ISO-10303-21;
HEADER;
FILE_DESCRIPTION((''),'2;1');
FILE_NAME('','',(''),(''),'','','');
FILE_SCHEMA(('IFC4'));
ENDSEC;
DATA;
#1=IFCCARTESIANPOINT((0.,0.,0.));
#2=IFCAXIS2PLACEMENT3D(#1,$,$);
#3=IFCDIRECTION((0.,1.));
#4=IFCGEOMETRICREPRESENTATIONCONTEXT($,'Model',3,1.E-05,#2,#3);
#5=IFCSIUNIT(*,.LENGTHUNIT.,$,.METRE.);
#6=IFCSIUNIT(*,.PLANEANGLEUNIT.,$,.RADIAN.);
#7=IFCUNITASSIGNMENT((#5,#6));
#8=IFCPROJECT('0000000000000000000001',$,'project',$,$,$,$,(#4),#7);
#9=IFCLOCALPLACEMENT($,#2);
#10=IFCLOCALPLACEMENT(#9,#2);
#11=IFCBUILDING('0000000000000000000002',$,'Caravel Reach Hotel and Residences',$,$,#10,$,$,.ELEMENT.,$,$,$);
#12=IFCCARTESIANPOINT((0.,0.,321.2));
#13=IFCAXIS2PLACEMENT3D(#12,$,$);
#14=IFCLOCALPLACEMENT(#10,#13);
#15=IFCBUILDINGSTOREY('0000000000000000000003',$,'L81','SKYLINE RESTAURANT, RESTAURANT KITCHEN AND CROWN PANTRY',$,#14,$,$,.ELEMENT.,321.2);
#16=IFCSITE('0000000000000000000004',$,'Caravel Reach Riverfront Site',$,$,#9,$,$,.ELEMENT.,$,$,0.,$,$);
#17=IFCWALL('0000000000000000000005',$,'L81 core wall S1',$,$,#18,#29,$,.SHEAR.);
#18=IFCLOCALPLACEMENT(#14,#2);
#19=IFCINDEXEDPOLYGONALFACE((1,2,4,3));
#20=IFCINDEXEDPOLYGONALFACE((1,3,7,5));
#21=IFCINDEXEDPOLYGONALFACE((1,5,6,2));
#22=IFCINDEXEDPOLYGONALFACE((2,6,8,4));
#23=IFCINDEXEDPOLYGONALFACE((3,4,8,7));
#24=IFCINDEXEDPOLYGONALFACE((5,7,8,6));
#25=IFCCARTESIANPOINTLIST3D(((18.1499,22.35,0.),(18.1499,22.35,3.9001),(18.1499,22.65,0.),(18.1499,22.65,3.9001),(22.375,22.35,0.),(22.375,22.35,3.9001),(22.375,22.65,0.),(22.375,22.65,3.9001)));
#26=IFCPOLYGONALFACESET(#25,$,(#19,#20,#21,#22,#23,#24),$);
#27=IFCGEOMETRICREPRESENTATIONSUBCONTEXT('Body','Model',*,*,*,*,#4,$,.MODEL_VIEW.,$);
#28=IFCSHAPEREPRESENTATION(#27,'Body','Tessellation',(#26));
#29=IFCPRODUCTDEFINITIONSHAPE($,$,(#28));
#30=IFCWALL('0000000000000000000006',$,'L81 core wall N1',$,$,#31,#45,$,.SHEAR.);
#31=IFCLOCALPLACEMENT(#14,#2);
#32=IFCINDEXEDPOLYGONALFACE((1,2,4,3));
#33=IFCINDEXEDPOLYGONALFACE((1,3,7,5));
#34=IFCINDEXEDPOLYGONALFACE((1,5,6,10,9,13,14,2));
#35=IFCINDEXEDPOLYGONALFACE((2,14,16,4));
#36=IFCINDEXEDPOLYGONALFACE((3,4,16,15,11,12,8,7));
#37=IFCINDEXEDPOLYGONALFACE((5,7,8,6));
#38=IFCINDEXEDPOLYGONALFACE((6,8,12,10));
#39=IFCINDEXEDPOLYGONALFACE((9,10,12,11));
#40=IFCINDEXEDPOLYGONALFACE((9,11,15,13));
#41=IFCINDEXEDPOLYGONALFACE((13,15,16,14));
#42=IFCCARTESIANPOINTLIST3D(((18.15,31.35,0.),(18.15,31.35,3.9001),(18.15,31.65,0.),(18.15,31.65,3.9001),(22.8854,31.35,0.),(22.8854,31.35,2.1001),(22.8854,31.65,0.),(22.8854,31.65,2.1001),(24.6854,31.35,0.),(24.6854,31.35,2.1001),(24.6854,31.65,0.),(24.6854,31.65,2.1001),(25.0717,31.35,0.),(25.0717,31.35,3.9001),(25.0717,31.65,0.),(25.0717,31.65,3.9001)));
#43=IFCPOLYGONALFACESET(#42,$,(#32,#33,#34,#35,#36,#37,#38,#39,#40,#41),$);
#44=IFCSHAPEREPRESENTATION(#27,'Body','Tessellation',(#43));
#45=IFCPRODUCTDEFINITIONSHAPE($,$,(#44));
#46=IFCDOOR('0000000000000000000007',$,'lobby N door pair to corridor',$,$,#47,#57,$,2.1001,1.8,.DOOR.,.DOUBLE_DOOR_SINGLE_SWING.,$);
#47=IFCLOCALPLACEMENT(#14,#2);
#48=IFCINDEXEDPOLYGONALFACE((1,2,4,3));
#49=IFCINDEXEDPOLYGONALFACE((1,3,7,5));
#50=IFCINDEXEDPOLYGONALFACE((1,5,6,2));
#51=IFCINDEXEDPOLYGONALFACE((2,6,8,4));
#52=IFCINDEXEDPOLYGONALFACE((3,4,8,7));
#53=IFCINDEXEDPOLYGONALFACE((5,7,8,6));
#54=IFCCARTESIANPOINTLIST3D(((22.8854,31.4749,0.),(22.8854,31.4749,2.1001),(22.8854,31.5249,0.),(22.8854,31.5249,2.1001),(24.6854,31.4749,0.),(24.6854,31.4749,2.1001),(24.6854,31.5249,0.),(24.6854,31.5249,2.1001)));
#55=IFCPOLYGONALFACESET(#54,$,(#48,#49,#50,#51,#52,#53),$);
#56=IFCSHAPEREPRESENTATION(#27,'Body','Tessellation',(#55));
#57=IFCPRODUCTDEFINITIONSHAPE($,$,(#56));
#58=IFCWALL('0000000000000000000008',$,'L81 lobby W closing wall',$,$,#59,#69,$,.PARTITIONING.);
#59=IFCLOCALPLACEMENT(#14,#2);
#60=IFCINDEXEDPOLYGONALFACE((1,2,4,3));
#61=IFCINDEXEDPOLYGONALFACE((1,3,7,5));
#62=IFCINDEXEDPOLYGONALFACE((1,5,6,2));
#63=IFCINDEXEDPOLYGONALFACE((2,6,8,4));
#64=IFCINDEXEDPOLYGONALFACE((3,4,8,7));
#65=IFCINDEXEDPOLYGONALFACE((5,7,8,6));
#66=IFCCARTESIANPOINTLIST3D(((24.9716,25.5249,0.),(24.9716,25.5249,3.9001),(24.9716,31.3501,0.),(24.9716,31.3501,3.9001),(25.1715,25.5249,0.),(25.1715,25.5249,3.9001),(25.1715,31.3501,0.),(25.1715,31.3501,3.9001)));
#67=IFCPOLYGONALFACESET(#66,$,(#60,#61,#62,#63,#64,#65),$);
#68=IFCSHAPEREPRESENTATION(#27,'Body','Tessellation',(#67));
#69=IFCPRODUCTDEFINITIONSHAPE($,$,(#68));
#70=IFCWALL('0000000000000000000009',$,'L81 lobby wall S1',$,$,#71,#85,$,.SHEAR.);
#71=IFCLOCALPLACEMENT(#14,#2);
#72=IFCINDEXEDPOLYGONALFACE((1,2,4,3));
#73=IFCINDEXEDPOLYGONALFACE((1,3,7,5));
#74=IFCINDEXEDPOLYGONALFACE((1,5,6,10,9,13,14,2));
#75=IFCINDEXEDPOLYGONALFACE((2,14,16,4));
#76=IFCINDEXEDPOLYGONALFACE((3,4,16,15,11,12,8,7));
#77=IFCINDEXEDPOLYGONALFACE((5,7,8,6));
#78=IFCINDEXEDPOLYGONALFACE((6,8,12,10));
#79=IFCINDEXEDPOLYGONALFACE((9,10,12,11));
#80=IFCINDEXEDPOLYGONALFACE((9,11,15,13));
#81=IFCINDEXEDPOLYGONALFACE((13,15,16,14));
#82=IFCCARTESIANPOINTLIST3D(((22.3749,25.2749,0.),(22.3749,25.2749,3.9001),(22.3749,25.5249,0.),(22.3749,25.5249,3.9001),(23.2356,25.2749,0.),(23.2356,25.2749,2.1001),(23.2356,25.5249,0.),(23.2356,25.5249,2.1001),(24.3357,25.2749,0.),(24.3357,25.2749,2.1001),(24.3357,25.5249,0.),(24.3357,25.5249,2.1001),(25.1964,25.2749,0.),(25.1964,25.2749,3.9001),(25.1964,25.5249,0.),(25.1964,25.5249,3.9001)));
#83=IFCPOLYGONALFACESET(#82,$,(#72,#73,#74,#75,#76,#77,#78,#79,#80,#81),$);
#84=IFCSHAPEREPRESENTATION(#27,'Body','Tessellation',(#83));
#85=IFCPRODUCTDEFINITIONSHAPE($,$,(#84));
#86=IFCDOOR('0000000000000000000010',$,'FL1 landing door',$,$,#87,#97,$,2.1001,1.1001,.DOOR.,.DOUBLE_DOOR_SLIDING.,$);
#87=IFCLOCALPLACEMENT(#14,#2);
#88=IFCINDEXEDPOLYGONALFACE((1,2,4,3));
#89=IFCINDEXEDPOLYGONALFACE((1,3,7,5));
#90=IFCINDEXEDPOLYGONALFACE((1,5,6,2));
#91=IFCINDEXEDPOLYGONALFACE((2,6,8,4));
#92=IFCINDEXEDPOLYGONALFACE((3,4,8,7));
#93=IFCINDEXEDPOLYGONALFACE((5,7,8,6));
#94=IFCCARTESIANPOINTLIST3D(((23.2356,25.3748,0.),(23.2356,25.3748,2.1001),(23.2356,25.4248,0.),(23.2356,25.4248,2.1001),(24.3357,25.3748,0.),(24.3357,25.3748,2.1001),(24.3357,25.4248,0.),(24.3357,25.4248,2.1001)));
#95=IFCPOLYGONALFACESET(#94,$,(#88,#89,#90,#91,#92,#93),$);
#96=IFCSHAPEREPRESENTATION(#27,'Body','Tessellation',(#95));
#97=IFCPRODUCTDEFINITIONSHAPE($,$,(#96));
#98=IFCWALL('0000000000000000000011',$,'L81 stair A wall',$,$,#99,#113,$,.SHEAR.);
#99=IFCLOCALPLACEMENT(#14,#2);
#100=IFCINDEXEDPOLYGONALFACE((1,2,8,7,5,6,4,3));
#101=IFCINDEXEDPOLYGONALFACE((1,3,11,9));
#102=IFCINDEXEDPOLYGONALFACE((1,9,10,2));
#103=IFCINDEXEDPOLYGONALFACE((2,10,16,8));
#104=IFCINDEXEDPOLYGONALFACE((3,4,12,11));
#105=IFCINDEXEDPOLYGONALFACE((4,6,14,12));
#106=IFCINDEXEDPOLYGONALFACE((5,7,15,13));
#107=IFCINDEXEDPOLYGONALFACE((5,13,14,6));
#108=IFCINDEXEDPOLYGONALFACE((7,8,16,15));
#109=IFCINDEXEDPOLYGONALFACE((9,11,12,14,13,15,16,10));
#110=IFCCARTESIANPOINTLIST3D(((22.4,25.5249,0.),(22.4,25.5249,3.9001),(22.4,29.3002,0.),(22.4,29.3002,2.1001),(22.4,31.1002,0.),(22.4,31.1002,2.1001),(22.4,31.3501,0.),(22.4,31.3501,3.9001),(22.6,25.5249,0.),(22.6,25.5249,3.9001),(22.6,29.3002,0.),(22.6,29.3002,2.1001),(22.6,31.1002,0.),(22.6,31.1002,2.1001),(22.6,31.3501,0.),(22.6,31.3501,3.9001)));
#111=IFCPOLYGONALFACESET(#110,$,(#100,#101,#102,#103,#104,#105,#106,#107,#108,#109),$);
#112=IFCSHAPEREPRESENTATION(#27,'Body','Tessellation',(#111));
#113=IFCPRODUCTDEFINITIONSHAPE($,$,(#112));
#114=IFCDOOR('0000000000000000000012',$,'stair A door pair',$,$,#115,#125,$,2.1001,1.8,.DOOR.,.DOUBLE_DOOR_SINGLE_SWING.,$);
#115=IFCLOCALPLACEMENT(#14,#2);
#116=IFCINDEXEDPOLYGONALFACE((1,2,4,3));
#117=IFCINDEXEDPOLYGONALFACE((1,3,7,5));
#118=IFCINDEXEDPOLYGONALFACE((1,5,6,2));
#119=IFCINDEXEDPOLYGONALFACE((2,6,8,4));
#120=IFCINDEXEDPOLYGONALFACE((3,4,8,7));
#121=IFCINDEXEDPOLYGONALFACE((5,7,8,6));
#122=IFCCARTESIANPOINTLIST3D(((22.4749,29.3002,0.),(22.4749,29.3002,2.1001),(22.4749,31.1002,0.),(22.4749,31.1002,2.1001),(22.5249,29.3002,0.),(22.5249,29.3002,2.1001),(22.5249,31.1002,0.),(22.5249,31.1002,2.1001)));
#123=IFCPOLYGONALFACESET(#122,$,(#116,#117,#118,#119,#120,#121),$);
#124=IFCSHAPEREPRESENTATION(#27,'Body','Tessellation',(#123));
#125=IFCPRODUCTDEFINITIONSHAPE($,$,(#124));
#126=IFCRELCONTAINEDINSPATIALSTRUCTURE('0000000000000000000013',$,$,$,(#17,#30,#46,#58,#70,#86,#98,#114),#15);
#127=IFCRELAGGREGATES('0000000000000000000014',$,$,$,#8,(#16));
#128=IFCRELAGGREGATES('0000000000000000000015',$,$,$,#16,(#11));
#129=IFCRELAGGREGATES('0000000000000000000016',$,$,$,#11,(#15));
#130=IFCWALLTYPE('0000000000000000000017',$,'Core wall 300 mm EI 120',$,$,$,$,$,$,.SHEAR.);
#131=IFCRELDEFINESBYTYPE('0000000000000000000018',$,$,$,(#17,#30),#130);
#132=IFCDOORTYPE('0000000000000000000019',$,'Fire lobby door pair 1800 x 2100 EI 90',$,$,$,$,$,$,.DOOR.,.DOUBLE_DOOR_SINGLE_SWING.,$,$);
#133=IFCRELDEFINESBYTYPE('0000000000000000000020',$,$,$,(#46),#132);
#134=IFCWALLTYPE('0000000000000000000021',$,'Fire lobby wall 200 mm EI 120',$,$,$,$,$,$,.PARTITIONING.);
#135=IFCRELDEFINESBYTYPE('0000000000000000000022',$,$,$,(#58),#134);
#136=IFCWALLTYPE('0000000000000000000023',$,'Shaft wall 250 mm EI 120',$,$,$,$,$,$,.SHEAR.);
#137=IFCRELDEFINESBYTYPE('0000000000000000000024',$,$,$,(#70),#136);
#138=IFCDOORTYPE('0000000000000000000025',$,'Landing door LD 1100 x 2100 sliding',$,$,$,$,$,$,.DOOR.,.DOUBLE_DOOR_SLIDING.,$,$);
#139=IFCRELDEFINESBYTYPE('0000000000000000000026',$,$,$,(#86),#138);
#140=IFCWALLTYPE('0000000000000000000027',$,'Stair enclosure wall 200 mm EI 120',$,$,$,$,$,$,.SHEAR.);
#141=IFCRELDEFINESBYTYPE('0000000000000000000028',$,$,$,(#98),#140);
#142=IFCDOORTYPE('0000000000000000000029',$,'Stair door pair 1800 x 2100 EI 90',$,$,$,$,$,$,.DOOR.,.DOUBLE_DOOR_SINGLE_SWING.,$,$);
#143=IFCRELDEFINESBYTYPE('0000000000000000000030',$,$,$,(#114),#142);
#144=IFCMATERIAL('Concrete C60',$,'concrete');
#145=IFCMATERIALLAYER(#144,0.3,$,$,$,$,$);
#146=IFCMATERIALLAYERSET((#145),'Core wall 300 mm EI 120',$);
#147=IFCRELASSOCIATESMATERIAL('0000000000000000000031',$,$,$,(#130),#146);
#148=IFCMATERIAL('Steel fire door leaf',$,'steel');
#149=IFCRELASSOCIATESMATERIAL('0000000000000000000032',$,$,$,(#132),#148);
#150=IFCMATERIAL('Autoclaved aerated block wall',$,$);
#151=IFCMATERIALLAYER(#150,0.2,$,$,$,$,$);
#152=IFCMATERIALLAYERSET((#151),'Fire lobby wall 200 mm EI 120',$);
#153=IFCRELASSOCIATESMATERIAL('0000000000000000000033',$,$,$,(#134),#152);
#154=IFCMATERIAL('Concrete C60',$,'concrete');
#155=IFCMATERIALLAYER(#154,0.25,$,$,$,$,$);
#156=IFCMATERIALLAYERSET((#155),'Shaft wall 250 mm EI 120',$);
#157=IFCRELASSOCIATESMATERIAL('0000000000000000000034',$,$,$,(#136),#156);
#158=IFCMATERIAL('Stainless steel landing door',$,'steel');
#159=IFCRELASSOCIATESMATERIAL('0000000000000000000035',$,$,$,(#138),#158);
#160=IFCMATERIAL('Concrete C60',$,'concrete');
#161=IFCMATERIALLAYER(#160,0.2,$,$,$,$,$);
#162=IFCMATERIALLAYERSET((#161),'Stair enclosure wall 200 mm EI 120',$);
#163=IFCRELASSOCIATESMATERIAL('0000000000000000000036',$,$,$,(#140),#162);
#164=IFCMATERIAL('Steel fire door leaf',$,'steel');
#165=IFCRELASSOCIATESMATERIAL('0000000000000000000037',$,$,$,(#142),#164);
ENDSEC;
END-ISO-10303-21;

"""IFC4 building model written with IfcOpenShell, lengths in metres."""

from ifc_helpers import new_model, si_unit, direction, frame, frame_2d, origin, place, context, subcontext, project, spatial, rectangle, extrude, material, layer, layer_set, type_object, element, fill, save


model = new_model("IFC4")

# Units and contexts
model_context = context("Model", 3, precision=1e-05, world=origin(), true_north=direction((0.0, 1.0)))
body_context = subcontext(model_context, "Body", "Model", "MODEL_VIEW")
ifc_project = project(units=[si_unit("LENGTHUNIT", "METRE"), si_unit("PLANEANGLEUNIT", "RADIAN")], contexts=[model_context])

# Site, building, storey
site_placement = place(None, origin())
site = spatial("IfcSite", under=ifc_project, at=site_placement, Name="Caravel Reach Riverfront Site", CompositionType="ELEMENT", RefElevation=0.0)
building_placement = place(site_placement, origin())
building = spatial("IfcBuilding", under=site, at=building_placement, Name="Caravel Reach Hotel and Residences", CompositionType="ELEMENT")
storey_placement = place(building_placement, frame((0.0, 0.0, 321.2)))
storey = spatial("IfcBuildingStorey", under=building, at=storey_placement, Name="L81", Description="SKYLINE RESTAURANT, RESTAURANT KITCHEN AND CROWN PANTRY", CompositionType="ELEMENT", Elevation=321.2)

# Wall
ifc_material_1 = material(Name="Concrete C60", Category="concrete")
ifc_layer_1 = layer(ifc_material_1, 0.3)
ifc_layer_set_1 = layer_set([ifc_layer_1], Name="Core wall 300 mm EI 120")
wall_type_1 = type_object("IfcWallType", Name="Core wall 300 mm EI 120", PredefinedType="SHEAR", material=ifc_layer_set_1)
wall_1_placement = place(storey_placement, frame((18.1499, 22.5, 0.0), z_axis=(0.0, 0.0, 1.0), x_axis=(1.0, 0.0, 0.0)))
element("IfcWall", 1, at=wall_1_placement, inside=storey, type_object=wall_type_1, Name="L81 core wall S1", PredefinedType="SHEAR", context=body_context, shape_type="SweptSolid", body=[
    extrude(rectangle(XDim=4.2251, YDim=0.3, at=frame_2d((2.1125, 0.0))), origin(), (0.0, 0.0, 1.0), 3.9001),
])

# Wall, opening, door
wall_2_placement = place(storey_placement, frame((18.1499, 31.5, 0.0), z_axis=(0.0, 0.0, 1.0), x_axis=(1.0, 0.0, 0.0)))
wall_2 = element("IfcWall", 2, at=wall_2_placement, inside=storey, type_object=wall_type_1, Name="L81 core wall N1", PredefinedType="SHEAR", context=body_context, shape_type="SweptSolid", body=[
    extrude(rectangle(XDim=6.9216, YDim=0.3, at=frame_2d((3.4609, 0.0))), origin(), (0.0, 0.0, 1.0), 3.9001),
])
opening_1_placement = place(wall_2_placement, frame((4.7356, 0.0, 0.0)))
opening_1 = element("IfcOpeningElement", 3, at=opening_1_placement, cuts=wall_2, PredefinedType="OPENING", context=body_context, shape_type="SweptSolid", body=[
    extrude(rectangle(XDim=1.8, YDim=2.1001, at=frame_2d((0.8999, 1.05))), frame((0.0, 0.1599, 0.0), z_axis=(0.0, -1.0, 0.0), x_axis=(1.0, 0.0, 0.0)), (0.0, 0.0, 1.0), 0.3201),
])
ifc_material_2 = material(Name="Steel fire door leaf", Category="steel")
door_type_1 = type_object("IfcDoorType", Name="Fire lobby door pair 1800 x 2100 EI 90", OperationType="DOUBLE_DOOR_SINGLE_SWING", PredefinedType="DOOR", material=ifc_material_2)
door_1_placement = place(opening_1_placement, origin())
door_1 = element("IfcDoor", 4, at=door_1_placement, inside=storey, type_object=door_type_1, Name="lobby N door pair to corridor", OperationType="DOUBLE_DOOR_SINGLE_SWING", OverallHeight=2.1001, OverallWidth=1.8, PredefinedType="DOOR", context=body_context, shape_type="SweptSolid", body=[
    extrude(rectangle(XDim=1.8, YDim=2.1001, at=frame_2d((0.8999, 1.05))), frame((0.0, 0.0249, 0.0), z_axis=(0.0, -1.0, 0.0), x_axis=(1.0, 0.0, 0.0)), (0.0, 0.0, 1.0), 0.05),
])
fill(opening_1, door_1)

# Wall
ifc_material_3 = material(Name="Autoclaved aerated block wall")
ifc_layer_2 = layer(ifc_material_3, 0.2)
ifc_layer_set_2 = layer_set([ifc_layer_2], Name="Fire lobby wall 200 mm EI 120")
wall_type_2 = type_object("IfcWallType", Name="Fire lobby wall 200 mm EI 120", PredefinedType="PARTITIONING", material=ifc_layer_set_2)
wall_3_placement = place(storey_placement, frame((25.0715, 25.5249, 0.0), z_axis=(0.0, 0.0, 1.0), x_axis=(0.0, 1.0, 0.0)))
element("IfcWall", 5, at=wall_3_placement, inside=storey, type_object=wall_type_2, Name="L81 lobby W closing wall", PredefinedType="PARTITIONING", context=body_context, shape_type="SweptSolid", body=[
    extrude(rectangle(XDim=5.8252, YDim=0.2, at=frame_2d((2.9126, 0.0))), origin(), (0.0, 0.0, 1.0), 3.9001),
])

# Walls, openings, doors
ifc_material_4 = material(Name="Concrete C60", Category="concrete")
ifc_layer_3 = layer(ifc_material_4, 0.25)
ifc_layer_set_3 = layer_set([ifc_layer_3], Name="Shaft wall 250 mm EI 120")
wall_type_3 = type_object("IfcWallType", Name="Shaft wall 250 mm EI 120", PredefinedType="SHEAR", material=ifc_layer_set_3)
wall_4_placement = place(storey_placement, frame((22.375, 25.3999, 0.0), z_axis=(0.0, 0.0, 1.0), x_axis=(1.0, 0.0, 0.0)))
wall_4 = element("IfcWall", 6, at=wall_4_placement, inside=storey, type_object=wall_type_3, Name="L81 lobby wall S1", PredefinedType="SHEAR", context=body_context, shape_type="SweptSolid", body=[
    extrude(rectangle(XDim=2.8215, YDim=0.25, at=frame_2d((1.4106, 0.0))), origin(), (0.0, 0.0, 1.0), 3.9001),
])
opening_2_placement = place(wall_4_placement, frame((0.8606, 0.0, 0.0)))
opening_2 = element("IfcOpeningElement", 7, at=opening_2_placement, cuts=wall_4, PredefinedType="OPENING", context=body_context, shape_type="SweptSolid", body=[
    extrude(rectangle(XDim=1.1001, YDim=2.1001, at=frame_2d((0.55, 1.05))), frame((0.0, 0.135, 0.0), z_axis=(0.0, -1.0, 0.0), x_axis=(1.0, 0.0, 0.0)), (0.0, 0.0, 1.0), 0.27),
])
ifc_material_5 = material(Name="Stainless steel landing door", Category="steel")
door_type_2 = type_object("IfcDoorType", Name="Landing door LD 1100 x 2100 sliding", OperationType="DOUBLE_DOOR_SLIDING", PredefinedType="DOOR", material=ifc_material_5)
door_2_placement = place(opening_2_placement, origin())
door_2 = element("IfcDoor", 8, at=door_2_placement, inside=storey, type_object=door_type_2, Name="FL1 landing door", OperationType="DOUBLE_DOOR_SLIDING", OverallHeight=2.1001, OverallWidth=1.1001, PredefinedType="DOOR", context=body_context, shape_type="SweptSolid", body=[
    extrude(rectangle(XDim=1.1001, YDim=2.1001, at=frame_2d((0.55, 1.05))), frame((0.0, 0.0249, 0.0), z_axis=(0.0, -1.0, 0.0), x_axis=(1.0, 0.0, 0.0)), (0.0, 0.0, 1.0), 0.05),
])
fill(opening_2, door_2)
ifc_material_6 = material(Name="Concrete C60", Category="concrete")
ifc_layer_4 = layer(ifc_material_6, 0.2)
ifc_layer_set_4 = layer_set([ifc_layer_4], Name="Stair enclosure wall 200 mm EI 120")
wall_type_4 = type_object("IfcWallType", Name="Stair enclosure wall 200 mm EI 120", PredefinedType="SHEAR", material=ifc_layer_set_4)
wall_5_placement = place(storey_placement, frame((22.5, 31.3501, 0.0), z_axis=(0.0, 0.0, 1.0), x_axis=(0.0, -1.0, 0.0)))
wall_5 = element("IfcWall", 9, at=wall_5_placement, inside=storey, type_object=wall_type_4, Name="L81 stair A wall", PredefinedType="SHEAR", context=body_context, shape_type="SweptSolid", body=[
    extrude(rectangle(XDim=5.8252, YDim=0.2, at=frame_2d((2.9126, 0.0))), origin(), (0.0, 0.0, 1.0), 3.9001),
])
opening_3_placement = place(wall_5_placement, frame((0.25, 0.0, 0.0)))
opening_3 = element("IfcOpeningElement", 10, at=opening_3_placement, cuts=wall_5, PredefinedType="OPENING", context=body_context, shape_type="SweptSolid", body=[
    extrude(rectangle(XDim=1.8, YDim=2.1001, at=frame_2d((0.8999, 1.05))), frame((0.0, 0.1099, 0.0), z_axis=(0.0, -1.0, 0.0), x_axis=(1.0, 0.0, 0.0)), (0.0, 0.0, 1.0), 0.22),
])
ifc_material_7 = material(Name="Steel fire door leaf", Category="steel")
door_type_3 = type_object("IfcDoorType", Name="Stair door pair 1800 x 2100 EI 90", OperationType="DOUBLE_DOOR_SINGLE_SWING", PredefinedType="DOOR", material=ifc_material_7)
door_3_placement = place(opening_3_placement, origin())
door_3 = element("IfcDoor", 11, at=door_3_placement, inside=storey, type_object=door_type_3, Name="stair A door pair", OperationType="DOUBLE_DOOR_SINGLE_SWING", OverallHeight=2.1001, OverallWidth=1.8, PredefinedType="DOOR", context=body_context, shape_type="SweptSolid", body=[
    extrude(rectangle(XDim=1.8, YDim=2.1001, at=frame_2d((0.8999, 1.05))), frame((0.0, 0.0249, 0.0), z_axis=(0.0, -1.0, 0.0), x_axis=(1.0, 0.0, 0.0)), (0.0, 0.0, 1.0), 0.05),
])
fill(opening_3, door_3)

save(model, "model.ifc")
